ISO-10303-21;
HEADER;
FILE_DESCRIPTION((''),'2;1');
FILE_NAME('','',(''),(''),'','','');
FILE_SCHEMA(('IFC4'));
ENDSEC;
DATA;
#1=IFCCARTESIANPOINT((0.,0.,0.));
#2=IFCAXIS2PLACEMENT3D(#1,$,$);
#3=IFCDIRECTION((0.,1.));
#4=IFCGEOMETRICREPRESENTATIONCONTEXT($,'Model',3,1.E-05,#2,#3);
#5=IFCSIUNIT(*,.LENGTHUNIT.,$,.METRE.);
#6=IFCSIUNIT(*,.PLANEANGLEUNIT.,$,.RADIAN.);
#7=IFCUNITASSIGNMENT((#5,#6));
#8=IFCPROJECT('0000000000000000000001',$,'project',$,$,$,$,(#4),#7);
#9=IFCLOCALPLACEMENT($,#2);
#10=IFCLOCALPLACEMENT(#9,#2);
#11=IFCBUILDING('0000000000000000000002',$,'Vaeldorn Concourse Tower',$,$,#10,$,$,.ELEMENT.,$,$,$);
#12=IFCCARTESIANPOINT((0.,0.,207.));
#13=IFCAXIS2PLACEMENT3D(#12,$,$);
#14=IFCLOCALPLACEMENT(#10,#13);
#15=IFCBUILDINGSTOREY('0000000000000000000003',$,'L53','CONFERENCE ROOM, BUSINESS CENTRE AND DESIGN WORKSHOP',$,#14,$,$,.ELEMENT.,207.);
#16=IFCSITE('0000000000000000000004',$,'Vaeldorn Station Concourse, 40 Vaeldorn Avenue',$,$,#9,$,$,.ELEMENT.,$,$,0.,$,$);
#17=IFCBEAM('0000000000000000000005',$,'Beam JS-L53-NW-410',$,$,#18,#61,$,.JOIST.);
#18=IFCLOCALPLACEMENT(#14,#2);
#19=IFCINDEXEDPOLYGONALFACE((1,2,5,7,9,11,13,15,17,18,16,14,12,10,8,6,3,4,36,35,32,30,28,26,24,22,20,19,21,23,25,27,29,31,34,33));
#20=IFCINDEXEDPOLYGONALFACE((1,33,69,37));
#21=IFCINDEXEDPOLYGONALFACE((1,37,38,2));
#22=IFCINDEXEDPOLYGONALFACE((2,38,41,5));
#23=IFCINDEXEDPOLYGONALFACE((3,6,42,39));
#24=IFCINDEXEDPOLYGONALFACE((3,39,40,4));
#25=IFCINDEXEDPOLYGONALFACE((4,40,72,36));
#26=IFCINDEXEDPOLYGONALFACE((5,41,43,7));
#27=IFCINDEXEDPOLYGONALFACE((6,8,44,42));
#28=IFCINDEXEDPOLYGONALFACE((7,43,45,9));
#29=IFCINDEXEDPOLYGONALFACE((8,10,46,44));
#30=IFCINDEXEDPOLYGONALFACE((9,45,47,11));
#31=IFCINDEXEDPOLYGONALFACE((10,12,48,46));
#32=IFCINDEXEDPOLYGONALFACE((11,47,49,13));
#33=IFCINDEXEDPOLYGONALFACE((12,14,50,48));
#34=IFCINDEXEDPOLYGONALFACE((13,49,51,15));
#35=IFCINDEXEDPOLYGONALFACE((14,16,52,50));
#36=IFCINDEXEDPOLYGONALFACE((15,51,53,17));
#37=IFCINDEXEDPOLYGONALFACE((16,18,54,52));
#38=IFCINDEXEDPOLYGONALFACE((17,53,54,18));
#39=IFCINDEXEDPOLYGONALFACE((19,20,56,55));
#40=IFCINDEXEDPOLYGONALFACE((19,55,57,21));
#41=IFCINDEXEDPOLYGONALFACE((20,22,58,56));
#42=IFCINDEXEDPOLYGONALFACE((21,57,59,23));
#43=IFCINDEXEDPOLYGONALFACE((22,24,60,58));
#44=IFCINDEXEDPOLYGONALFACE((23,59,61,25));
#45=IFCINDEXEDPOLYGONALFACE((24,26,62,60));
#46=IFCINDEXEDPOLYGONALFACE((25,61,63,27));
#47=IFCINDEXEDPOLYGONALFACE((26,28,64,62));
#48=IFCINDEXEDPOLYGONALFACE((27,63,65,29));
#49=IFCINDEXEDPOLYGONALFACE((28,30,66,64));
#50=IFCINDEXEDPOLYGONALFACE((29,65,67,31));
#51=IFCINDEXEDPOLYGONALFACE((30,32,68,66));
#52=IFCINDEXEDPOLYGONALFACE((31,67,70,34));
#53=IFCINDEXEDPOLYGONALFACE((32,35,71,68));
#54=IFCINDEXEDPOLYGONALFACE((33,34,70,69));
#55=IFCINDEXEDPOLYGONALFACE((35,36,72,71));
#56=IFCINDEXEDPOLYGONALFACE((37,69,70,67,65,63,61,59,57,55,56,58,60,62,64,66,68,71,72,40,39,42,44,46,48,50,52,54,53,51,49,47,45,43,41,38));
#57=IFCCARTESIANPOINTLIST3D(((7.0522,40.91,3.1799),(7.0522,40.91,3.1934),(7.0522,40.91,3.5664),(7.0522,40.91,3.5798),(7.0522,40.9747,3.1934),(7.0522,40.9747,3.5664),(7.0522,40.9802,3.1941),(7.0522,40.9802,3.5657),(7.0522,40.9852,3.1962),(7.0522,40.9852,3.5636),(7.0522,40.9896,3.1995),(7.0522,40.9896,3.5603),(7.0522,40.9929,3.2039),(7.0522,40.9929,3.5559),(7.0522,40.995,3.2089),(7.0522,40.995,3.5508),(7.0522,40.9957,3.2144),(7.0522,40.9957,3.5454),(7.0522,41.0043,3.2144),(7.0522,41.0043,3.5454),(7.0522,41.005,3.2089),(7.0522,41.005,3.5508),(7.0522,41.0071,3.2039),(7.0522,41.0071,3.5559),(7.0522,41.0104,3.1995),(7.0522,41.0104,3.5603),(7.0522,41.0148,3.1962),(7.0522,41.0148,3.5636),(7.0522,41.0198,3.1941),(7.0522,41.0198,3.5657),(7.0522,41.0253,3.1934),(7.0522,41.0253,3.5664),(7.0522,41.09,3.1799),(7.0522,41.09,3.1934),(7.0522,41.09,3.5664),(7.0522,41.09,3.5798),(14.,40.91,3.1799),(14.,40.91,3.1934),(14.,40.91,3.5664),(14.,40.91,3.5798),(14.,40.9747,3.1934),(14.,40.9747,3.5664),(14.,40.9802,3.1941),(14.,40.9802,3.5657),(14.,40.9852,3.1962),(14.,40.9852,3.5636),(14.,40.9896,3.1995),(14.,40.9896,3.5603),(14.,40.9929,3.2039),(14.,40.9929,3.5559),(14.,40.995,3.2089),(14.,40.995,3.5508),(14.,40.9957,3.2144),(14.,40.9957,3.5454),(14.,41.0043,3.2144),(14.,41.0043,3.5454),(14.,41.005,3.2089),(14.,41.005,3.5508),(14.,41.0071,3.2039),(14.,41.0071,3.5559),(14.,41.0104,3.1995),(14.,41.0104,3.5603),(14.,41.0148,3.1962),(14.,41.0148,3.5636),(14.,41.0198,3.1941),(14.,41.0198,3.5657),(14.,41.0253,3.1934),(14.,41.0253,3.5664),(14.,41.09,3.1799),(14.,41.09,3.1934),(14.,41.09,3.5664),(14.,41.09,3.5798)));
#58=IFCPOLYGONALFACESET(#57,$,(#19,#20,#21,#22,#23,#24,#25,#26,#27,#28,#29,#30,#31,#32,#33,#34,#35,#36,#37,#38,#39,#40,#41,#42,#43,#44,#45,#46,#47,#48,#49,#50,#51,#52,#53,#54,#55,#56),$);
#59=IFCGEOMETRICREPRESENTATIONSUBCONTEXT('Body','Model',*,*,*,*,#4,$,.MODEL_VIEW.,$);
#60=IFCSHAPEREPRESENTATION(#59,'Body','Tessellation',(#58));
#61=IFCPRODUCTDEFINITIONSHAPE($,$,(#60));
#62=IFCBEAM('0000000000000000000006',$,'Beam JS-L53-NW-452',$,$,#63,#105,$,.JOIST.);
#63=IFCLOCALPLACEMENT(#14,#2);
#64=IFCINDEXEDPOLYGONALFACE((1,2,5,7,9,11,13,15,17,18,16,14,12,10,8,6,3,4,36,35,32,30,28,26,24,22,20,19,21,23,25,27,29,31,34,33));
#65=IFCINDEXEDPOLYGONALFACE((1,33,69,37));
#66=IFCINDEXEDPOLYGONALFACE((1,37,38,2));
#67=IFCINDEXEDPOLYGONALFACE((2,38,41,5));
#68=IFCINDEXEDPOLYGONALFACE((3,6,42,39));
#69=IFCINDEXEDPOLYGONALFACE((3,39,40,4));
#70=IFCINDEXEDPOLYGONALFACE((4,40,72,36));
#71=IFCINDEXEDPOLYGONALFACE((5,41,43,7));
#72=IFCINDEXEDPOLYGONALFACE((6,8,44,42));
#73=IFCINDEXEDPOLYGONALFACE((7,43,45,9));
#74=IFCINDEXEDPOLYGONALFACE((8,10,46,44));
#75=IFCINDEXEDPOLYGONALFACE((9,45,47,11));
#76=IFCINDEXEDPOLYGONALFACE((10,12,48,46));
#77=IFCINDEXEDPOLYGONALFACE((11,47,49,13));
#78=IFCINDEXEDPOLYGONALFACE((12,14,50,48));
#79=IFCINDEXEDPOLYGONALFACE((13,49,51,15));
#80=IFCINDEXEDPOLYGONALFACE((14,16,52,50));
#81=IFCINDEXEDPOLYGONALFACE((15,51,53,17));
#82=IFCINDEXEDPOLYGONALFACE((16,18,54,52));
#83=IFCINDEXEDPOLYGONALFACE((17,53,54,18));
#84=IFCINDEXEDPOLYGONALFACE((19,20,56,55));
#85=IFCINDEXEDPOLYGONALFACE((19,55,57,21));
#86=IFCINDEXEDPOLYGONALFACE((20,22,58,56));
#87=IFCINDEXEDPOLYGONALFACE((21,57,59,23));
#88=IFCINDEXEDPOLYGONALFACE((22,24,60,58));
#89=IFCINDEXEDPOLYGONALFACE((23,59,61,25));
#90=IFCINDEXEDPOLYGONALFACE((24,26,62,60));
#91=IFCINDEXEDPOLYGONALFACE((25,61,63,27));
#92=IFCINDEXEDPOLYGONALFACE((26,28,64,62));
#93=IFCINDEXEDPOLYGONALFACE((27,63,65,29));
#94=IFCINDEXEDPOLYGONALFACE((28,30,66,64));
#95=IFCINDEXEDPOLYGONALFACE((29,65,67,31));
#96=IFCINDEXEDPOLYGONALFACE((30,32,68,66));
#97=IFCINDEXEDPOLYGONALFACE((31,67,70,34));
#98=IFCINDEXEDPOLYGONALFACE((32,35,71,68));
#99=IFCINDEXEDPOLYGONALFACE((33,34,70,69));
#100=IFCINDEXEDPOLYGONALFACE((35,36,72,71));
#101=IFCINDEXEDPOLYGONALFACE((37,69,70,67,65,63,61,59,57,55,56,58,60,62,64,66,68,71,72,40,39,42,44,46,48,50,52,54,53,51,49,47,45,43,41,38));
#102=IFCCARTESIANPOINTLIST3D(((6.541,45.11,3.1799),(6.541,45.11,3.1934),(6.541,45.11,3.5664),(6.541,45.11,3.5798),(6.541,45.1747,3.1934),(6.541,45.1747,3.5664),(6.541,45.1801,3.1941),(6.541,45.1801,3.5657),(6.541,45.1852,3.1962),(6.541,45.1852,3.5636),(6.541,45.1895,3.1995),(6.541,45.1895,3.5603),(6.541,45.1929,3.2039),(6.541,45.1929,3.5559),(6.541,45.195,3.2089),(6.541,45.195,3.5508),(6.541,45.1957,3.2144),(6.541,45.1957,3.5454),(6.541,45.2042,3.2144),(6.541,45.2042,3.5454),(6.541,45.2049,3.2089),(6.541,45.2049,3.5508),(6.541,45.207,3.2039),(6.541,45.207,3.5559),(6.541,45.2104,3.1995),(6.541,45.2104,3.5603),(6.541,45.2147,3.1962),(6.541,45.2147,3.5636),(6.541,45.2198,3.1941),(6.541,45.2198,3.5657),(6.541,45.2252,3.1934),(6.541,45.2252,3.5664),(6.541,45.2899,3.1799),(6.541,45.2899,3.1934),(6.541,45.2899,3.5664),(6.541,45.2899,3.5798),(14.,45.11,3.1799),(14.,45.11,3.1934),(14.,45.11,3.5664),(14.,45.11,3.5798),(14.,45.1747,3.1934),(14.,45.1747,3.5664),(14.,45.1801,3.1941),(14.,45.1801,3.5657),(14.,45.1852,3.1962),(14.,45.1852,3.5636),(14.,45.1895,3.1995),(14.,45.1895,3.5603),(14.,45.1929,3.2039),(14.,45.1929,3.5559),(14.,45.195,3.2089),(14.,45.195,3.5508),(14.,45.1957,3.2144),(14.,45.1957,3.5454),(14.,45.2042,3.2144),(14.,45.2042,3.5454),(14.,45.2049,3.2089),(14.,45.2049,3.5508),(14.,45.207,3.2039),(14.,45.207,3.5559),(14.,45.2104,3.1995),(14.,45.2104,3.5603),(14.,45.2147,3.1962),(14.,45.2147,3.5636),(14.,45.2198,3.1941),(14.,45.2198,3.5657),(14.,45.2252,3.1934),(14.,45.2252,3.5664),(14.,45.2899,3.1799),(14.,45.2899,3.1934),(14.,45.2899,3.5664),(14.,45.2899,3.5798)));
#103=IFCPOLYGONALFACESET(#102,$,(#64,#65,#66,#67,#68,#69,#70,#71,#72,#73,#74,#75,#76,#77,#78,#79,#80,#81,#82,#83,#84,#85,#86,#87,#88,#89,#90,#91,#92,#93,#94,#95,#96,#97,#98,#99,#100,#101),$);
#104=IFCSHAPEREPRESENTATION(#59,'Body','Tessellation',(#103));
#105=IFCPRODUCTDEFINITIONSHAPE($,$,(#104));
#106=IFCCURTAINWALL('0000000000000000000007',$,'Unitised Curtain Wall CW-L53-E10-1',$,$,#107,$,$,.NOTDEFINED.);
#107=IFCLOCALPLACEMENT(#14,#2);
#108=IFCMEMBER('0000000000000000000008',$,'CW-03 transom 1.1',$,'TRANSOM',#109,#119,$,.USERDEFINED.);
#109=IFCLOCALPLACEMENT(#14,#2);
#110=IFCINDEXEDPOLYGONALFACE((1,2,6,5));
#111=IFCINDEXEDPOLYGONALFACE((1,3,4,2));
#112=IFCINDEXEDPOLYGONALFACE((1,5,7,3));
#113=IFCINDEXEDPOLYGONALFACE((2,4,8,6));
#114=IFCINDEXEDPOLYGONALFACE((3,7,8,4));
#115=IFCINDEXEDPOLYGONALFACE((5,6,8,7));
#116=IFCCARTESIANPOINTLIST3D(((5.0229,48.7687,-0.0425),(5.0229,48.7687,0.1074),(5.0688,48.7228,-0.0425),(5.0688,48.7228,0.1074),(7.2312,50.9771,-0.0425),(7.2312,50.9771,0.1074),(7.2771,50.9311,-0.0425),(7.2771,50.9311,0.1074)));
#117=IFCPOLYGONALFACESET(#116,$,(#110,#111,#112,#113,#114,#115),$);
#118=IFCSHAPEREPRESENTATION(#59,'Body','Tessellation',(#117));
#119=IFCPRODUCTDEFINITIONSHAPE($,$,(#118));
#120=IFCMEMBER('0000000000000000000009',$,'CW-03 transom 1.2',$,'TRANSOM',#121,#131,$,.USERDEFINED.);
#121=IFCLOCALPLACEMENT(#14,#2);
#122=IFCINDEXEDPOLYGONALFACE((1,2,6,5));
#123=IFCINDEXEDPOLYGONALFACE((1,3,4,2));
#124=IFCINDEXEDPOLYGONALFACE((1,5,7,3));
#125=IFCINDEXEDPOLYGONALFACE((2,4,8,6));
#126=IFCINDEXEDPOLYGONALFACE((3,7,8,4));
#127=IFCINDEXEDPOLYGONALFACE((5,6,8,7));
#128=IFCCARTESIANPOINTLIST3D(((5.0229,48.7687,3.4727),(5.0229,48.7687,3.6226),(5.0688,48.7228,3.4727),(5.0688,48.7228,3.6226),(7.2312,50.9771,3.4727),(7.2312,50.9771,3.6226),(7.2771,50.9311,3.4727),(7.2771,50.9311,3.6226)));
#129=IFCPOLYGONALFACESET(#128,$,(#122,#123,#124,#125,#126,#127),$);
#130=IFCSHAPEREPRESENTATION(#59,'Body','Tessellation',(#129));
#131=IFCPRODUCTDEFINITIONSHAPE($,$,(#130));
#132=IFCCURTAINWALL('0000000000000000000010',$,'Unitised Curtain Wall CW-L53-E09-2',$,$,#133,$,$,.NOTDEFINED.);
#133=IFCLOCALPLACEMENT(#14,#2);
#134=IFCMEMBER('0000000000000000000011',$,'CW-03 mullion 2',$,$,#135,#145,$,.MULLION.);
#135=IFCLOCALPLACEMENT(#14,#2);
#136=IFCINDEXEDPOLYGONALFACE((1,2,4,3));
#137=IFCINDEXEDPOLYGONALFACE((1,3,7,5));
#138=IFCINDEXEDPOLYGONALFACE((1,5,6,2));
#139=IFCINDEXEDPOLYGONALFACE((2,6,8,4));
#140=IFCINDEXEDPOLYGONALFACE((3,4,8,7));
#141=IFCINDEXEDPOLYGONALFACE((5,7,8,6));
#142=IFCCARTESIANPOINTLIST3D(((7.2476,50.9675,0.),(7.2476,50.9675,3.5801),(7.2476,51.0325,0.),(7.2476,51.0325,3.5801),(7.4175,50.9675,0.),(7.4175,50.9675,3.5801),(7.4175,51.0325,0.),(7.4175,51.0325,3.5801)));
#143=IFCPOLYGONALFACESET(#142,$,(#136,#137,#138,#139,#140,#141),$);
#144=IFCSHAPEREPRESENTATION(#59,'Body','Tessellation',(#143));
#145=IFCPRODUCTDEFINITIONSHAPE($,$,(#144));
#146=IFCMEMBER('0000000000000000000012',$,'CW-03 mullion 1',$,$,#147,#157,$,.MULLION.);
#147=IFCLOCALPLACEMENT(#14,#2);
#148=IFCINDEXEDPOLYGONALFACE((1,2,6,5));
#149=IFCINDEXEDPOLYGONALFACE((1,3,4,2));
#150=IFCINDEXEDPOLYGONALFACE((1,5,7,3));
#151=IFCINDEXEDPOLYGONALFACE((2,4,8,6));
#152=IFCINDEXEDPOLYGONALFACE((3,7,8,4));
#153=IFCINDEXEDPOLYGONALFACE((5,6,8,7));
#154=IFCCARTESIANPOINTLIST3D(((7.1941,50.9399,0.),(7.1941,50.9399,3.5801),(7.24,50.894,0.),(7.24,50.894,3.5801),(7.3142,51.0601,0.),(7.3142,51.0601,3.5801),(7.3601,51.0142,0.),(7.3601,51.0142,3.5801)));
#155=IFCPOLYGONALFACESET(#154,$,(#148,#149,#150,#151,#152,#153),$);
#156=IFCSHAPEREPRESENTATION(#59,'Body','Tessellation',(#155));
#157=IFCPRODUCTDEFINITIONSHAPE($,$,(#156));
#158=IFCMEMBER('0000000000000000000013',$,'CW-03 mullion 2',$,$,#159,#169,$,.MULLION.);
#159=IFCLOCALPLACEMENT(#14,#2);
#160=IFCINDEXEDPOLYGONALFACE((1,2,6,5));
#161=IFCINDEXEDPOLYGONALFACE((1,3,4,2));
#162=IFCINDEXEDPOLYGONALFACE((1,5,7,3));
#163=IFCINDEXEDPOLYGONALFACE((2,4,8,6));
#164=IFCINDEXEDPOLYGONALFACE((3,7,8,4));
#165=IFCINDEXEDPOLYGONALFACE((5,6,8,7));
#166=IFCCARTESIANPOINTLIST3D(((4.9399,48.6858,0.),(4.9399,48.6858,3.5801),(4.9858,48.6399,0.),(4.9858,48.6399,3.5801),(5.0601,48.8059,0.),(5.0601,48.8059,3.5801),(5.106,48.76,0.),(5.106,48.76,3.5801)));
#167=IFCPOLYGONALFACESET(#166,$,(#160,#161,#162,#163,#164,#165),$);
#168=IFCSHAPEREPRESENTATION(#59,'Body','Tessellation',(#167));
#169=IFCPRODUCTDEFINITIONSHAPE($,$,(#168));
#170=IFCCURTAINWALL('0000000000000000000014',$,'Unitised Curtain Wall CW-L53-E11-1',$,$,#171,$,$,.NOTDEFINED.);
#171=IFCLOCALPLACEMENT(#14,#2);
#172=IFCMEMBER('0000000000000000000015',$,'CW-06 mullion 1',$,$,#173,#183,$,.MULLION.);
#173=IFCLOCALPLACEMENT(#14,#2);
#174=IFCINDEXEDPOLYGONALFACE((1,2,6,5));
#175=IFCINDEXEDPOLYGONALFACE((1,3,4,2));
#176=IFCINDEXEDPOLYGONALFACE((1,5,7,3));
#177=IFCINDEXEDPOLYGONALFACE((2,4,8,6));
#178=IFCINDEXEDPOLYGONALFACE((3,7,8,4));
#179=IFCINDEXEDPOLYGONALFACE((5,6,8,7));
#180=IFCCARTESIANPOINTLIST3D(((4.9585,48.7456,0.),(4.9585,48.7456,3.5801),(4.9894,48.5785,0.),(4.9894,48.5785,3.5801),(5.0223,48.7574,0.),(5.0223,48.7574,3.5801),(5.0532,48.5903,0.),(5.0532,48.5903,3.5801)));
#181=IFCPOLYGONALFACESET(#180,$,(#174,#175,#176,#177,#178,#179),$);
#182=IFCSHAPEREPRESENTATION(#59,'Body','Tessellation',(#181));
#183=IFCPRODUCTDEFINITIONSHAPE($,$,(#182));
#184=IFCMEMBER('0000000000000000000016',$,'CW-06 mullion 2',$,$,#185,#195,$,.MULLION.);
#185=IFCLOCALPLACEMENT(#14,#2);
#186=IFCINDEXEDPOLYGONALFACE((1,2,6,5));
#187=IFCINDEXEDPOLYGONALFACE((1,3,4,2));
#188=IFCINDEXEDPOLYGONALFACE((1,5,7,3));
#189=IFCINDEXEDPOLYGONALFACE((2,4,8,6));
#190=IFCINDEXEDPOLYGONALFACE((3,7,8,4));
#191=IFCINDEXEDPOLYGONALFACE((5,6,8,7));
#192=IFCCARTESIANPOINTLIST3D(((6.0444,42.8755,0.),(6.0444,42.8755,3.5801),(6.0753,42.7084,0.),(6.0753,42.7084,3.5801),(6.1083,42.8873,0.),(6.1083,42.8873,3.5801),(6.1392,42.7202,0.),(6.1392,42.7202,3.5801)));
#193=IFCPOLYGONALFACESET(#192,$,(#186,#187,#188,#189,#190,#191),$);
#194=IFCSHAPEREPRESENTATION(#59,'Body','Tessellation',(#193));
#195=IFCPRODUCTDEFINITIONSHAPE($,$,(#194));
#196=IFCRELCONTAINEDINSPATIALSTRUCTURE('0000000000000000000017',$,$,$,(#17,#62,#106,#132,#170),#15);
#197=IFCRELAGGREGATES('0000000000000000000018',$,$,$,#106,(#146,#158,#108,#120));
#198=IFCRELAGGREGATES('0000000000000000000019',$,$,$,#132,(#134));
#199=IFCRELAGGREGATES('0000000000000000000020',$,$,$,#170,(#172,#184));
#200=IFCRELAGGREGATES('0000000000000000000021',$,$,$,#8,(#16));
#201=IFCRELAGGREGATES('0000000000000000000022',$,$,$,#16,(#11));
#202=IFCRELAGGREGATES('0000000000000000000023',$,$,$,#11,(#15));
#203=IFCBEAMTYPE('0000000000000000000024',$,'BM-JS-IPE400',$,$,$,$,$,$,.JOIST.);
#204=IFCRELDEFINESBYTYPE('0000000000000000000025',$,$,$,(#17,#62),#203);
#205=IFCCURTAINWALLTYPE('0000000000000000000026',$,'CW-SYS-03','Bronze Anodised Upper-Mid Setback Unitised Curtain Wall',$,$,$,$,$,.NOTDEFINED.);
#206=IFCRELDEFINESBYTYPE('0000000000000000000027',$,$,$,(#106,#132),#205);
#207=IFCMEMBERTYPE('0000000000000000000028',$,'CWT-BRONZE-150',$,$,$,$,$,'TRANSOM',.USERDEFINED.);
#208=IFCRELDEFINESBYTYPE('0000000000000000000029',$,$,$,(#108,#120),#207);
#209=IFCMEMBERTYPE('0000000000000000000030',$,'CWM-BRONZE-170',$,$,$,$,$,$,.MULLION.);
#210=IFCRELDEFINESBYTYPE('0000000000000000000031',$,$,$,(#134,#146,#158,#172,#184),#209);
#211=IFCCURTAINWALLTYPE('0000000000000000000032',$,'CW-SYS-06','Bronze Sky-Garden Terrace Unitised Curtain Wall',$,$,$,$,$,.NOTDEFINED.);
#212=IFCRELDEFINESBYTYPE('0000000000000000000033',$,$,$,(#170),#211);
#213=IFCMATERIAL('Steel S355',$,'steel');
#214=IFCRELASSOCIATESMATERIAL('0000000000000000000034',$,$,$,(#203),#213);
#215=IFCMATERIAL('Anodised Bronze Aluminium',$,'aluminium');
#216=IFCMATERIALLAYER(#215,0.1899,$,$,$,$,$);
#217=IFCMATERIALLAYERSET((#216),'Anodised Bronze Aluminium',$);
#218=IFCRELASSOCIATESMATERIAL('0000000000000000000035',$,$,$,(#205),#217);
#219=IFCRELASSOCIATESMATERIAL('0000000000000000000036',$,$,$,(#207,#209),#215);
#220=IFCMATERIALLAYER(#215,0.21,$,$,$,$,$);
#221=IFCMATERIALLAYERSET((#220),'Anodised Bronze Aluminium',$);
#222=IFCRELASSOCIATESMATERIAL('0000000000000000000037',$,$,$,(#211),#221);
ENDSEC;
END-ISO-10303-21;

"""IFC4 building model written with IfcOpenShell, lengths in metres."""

from ifc_helpers import new_model, si_unit, direction, frame, origin, origin_2d, place, context, subcontext, project, spatial, rectangle, i_section, extrude, source, transform, mapped, material, layer, layer_set, material_profile, profile_set, type_object, element, aggregate, save


model = new_model("IFC4")

# Units and contexts
model_context = context("Model", 3, precision=1e-05, world=origin(), true_north=direction((0.0, 1.0)))
body_context = subcontext(model_context, "Body", "Model", "MODEL_VIEW")
ifc_project = project(units=[si_unit("LENGTHUNIT", "METRE"), si_unit("PLANEANGLEUNIT", "RADIAN")], contexts=[model_context])

# Site, building, storey
site_placement = place(None, origin())
site = spatial("IfcSite", under=ifc_project, at=site_placement, Name="Vaeldorn Station Concourse, 40 Vaeldorn Avenue", CompositionType="ELEMENT", RefElevation=0.0)
building_placement = place(site_placement, origin())
building = spatial("IfcBuilding", under=site, at=building_placement, Name="Vaeldorn Concourse Tower", CompositionType="ELEMENT")
storey_placement = place(building_placement, frame((0.0, 0.0, 207.0)))
storey = spatial("IfcBuildingStorey", under=building, at=storey_placement, Name="L53", Description="CONFERENCE ROOM, BUSINESS CENTRE AND DESIGN WORKSHOP", CompositionType="ELEMENT", Elevation=207.0)

# Beams
ifc_material_1 = material(Name="Steel S355", Category="steel")
ifc_material_profile_1 = material_profile(ifc_material_1, i_section(OverallWidth=0.1799, OverallDepth=0.3999, WebThickness=0.0085, FlangeThickness=0.0134, FilletRadius=0.021, at=origin_2d()), Name="IPE 400")
ifc_profile_set_1 = profile_set([ifc_material_profile_1], Name="Steel S355")
beam_type_1 = type_object("IfcBeamType", Name="BM-JS-IPE400", PredefinedType="JOIST", material=ifc_profile_set_1)
shared_shape_1 = source(origin(), body_context, "Body", "SweptSolid", [
    extrude(i_section(OverallWidth=0.1799, OverallDepth=0.3999, WebThickness=0.0085, FlangeThickness=0.0134, FilletRadius=0.021, at=origin_2d()), origin(), (0.0, 0.0, 1.0), 6.9478),
])
beam_1_placement = place(storey_placement, frame((7.0522, 41.0, 3.3799), z_axis=(1.0, 0.0, 0.0), x_axis=(0.0, 1.0, 0.0)))
element("IfcBeam", 1, at=beam_1_placement, inside=storey, type_object=beam_type_1, Name="Beam JS-L53-NW-410", PredefinedType="JOIST", context=body_context, shape_type="MappedRepresentation", body=[
    mapped(shared_shape_1, transform((0.0, 0.0, 0.0), scale=1.0)),
])
shared_shape_2 = source(origin(), body_context, "Body", "SweptSolid", [
    extrude(i_section(OverallWidth=0.1799, OverallDepth=0.3999, WebThickness=0.0085, FlangeThickness=0.0134, FilletRadius=0.021, at=origin_2d()), origin(), (0.0, 0.0, 1.0), 7.459),
])
beam_2_placement = place(storey_placement, frame((6.541, 45.2, 3.3799), z_axis=(1.0, 0.0, 0.0), x_axis=(0.0, 1.0, 0.0)))
element("IfcBeam", 2, at=beam_2_placement, inside=storey, type_object=beam_type_1, Name="Beam JS-L53-NW-452", PredefinedType="JOIST", context=body_context, shape_type="MappedRepresentation", body=[
    mapped(shared_shape_2, transform((0.0, 0.0, 0.0), scale=1.0)),
])

# Curtain wall, members
ifc_material_2 = material(Name="Anodised Bronze Aluminium", Category="aluminium")
ifc_layer_1 = layer(ifc_material_2, 0.1899)
ifc_layer_set_1 = layer_set([ifc_layer_1], Name="Anodised Bronze Aluminium")
curtain_wall_type_1 = type_object("IfcCurtainWallType", Name="CW-SYS-03", Description="Bronze Anodised Upper-Mid Setback Unitised Curtain Wall", PredefinedType="NOTDEFINED", material=ifc_layer_set_1)
curtain_wall_1_placement = place(storey_placement, origin())
curtain_wall_1 = element("IfcCurtainWall", 3, at=curtain_wall_1_placement, inside=storey, type_object=curtain_wall_type_1, Name="Unitised Curtain Wall CW-L53-E10-1", PredefinedType="NOTDEFINED")
ifc_material_profile_2 = material_profile(ifc_material_2, rectangle(XDim=0.0649, YDim=0.1499, at=origin_2d()), Name="CWT 65x150")
ifc_profile_set_2 = profile_set([ifc_material_profile_2], Name="Anodised Bronze Aluminium")
member_type_1 = type_object("IfcMemberType", Name="CWT-BRONZE-150", ElementType="TRANSOM", PredefinedType="USERDEFINED", material=ifc_profile_set_2)
shared_shape_3 = source(origin(), body_context, "Body", "SweptSolid", [
    extrude(rectangle(XDim=0.0649, YDim=0.1499, at=origin_2d()), origin(), (0.0, 0.0, 1.0), 3.123),
])
member_1_placement = place(storey_placement, frame((7.2542, 50.9541, 0.0325), z_axis=(-0.707107, -0.707107, 0.0), x_axis=(0.707107, -0.707107, 0.0)))
member_1 = element("IfcMember", 4, at=member_1_placement, type_object=member_type_1, Name="CW-03 transom 1.1", ObjectType="TRANSOM", PredefinedType="USERDEFINED", context=body_context, shape_type="MappedRepresentation", body=[
    mapped(shared_shape_3, transform((0.0, 0.0, 0.0), scale=1.0)),
])
member_2_placement = place(storey_placement, frame((7.2542, 50.9541, 3.5476), z_axis=(-0.707107, -0.707107, 0.0), x_axis=(0.707107, -0.707107, 0.0)))
member_2 = element("IfcMember", 5, at=member_2_placement, type_object=member_type_1, Name="CW-03 transom 1.2", ObjectType="TRANSOM", PredefinedType="USERDEFINED", context=body_context, shape_type="MappedRepresentation", body=[
    mapped(shared_shape_3, transform((0.0, 0.0, 0.0), scale=1.0)),
])

# Curtain wall, member
curtain_wall_2_placement = place(storey_placement, origin())
curtain_wall_2 = element("IfcCurtainWall", 6, at=curtain_wall_2_placement, inside=storey, type_object=curtain_wall_type_1, Name="Unitised Curtain Wall CW-L53-E09-2", PredefinedType="NOTDEFINED")
ifc_material_profile_3 = material_profile(ifc_material_2, rectangle(XDim=0.0649, YDim=0.1699, at=origin_2d()), Name="CWM 65x170")
ifc_profile_set_3 = profile_set([ifc_material_profile_3], Name="Anodised Bronze Aluminium")
member_type_2 = type_object("IfcMemberType", Name="CWM-BRONZE-170", PredefinedType="MULLION", material=ifc_profile_set_3)
shared_shape_4 = source(origin(), body_context, "Body", "SweptSolid", [
    extrude(rectangle(XDim=0.0649, YDim=0.1699, at=origin_2d()), origin(), (0.0, 0.0, 1.0), 3.5801),
])
member_3_placement = place(storey_placement, frame((7.3325, 51.0, 0.0), z_axis=(0.0, 0.0, 1.0), x_axis=(0.0, -1.0, 0.0)))
member_3 = element("IfcMember", 7, at=member_3_placement, type_object=member_type_2, Name="CW-03 mullion 2", PredefinedType="MULLION", context=body_context, shape_type="MappedRepresentation", body=[
    mapped(shared_shape_4, transform((0.0, 0.0, 0.0), scale=1.0)),
])

# Members
member_4_placement = place(storey_placement, frame((7.2771, 50.9771, 0.0), z_axis=(0.0, 0.0, 1.0), x_axis=(0.707107, -0.707107, 0.0)))
member_4 = element("IfcMember", 8, at=member_4_placement, type_object=member_type_2, Name="CW-03 mullion 1", PredefinedType="MULLION", context=body_context, shape_type="MappedRepresentation", body=[
    mapped(shared_shape_4, transform((0.0, 0.0, 0.0), scale=1.0)),
])
member_5_placement = place(storey_placement, frame((5.0229, 48.7229, 0.0), z_axis=(0.0, 0.0, 1.0), x_axis=(0.707107, -0.707107, 0.0)))
member_5 = element("IfcMember", 9, at=member_5_placement, type_object=member_type_2, Name="CW-03 mullion 2", PredefinedType="MULLION", context=body_context, shape_type="MappedRepresentation", body=[
    mapped(shared_shape_4, transform((0.0, 0.0, 0.0), scale=1.0)),
])

# Curtain wall, members
ifc_layer_2 = layer(ifc_material_2, 0.21)
ifc_layer_set_2 = layer_set([ifc_layer_2], Name="Anodised Bronze Aluminium")
curtain_wall_type_2 = type_object("IfcCurtainWallType", Name="CW-SYS-06", Description="Bronze Sky-Garden Terrace Unitised Curtain Wall", PredefinedType="NOTDEFINED", material=ifc_layer_set_2)
curtain_wall_3_placement = place(storey_placement, origin())
curtain_wall_3 = element("IfcCurtainWall", 10, at=curtain_wall_3_placement, inside=storey, type_object=curtain_wall_type_2, Name="Unitised Curtain Wall CW-L53-E11-1", PredefinedType="NOTDEFINED")
member_6_placement = place(storey_placement, frame((5.0059, 48.668, 0.0), z_axis=(0.0, 0.0, 1.0), x_axis=(0.983319, 0.181888, 0.0)))
member_6 = element("IfcMember", 11, at=member_6_placement, type_object=member_type_2, Name="CW-06 mullion 1", PredefinedType="MULLION", context=body_context, shape_type="MappedRepresentation", body=[
    mapped(shared_shape_4, transform((0.0, 0.0, 0.0), scale=1.0)),
])
member_7_placement = place(storey_placement, frame((6.0918, 42.7979, 0.0), z_axis=(0.0, 0.0, 1.0), x_axis=(0.983319, 0.181888, 0.0)))
member_7 = element("IfcMember", 12, at=member_7_placement, type_object=member_type_2, Name="CW-06 mullion 2", PredefinedType="MULLION", context=body_context, shape_type="MappedRepresentation", body=[
    mapped(shared_shape_4, transform((0.0, 0.0, 0.0), scale=1.0)),
])

aggregate(curtain_wall_1, [member_4, member_5, member_1, member_2])
aggregate(curtain_wall_2, [member_3])
aggregate(curtain_wall_3, [member_6, member_7])

save(model, "model.ifc")
